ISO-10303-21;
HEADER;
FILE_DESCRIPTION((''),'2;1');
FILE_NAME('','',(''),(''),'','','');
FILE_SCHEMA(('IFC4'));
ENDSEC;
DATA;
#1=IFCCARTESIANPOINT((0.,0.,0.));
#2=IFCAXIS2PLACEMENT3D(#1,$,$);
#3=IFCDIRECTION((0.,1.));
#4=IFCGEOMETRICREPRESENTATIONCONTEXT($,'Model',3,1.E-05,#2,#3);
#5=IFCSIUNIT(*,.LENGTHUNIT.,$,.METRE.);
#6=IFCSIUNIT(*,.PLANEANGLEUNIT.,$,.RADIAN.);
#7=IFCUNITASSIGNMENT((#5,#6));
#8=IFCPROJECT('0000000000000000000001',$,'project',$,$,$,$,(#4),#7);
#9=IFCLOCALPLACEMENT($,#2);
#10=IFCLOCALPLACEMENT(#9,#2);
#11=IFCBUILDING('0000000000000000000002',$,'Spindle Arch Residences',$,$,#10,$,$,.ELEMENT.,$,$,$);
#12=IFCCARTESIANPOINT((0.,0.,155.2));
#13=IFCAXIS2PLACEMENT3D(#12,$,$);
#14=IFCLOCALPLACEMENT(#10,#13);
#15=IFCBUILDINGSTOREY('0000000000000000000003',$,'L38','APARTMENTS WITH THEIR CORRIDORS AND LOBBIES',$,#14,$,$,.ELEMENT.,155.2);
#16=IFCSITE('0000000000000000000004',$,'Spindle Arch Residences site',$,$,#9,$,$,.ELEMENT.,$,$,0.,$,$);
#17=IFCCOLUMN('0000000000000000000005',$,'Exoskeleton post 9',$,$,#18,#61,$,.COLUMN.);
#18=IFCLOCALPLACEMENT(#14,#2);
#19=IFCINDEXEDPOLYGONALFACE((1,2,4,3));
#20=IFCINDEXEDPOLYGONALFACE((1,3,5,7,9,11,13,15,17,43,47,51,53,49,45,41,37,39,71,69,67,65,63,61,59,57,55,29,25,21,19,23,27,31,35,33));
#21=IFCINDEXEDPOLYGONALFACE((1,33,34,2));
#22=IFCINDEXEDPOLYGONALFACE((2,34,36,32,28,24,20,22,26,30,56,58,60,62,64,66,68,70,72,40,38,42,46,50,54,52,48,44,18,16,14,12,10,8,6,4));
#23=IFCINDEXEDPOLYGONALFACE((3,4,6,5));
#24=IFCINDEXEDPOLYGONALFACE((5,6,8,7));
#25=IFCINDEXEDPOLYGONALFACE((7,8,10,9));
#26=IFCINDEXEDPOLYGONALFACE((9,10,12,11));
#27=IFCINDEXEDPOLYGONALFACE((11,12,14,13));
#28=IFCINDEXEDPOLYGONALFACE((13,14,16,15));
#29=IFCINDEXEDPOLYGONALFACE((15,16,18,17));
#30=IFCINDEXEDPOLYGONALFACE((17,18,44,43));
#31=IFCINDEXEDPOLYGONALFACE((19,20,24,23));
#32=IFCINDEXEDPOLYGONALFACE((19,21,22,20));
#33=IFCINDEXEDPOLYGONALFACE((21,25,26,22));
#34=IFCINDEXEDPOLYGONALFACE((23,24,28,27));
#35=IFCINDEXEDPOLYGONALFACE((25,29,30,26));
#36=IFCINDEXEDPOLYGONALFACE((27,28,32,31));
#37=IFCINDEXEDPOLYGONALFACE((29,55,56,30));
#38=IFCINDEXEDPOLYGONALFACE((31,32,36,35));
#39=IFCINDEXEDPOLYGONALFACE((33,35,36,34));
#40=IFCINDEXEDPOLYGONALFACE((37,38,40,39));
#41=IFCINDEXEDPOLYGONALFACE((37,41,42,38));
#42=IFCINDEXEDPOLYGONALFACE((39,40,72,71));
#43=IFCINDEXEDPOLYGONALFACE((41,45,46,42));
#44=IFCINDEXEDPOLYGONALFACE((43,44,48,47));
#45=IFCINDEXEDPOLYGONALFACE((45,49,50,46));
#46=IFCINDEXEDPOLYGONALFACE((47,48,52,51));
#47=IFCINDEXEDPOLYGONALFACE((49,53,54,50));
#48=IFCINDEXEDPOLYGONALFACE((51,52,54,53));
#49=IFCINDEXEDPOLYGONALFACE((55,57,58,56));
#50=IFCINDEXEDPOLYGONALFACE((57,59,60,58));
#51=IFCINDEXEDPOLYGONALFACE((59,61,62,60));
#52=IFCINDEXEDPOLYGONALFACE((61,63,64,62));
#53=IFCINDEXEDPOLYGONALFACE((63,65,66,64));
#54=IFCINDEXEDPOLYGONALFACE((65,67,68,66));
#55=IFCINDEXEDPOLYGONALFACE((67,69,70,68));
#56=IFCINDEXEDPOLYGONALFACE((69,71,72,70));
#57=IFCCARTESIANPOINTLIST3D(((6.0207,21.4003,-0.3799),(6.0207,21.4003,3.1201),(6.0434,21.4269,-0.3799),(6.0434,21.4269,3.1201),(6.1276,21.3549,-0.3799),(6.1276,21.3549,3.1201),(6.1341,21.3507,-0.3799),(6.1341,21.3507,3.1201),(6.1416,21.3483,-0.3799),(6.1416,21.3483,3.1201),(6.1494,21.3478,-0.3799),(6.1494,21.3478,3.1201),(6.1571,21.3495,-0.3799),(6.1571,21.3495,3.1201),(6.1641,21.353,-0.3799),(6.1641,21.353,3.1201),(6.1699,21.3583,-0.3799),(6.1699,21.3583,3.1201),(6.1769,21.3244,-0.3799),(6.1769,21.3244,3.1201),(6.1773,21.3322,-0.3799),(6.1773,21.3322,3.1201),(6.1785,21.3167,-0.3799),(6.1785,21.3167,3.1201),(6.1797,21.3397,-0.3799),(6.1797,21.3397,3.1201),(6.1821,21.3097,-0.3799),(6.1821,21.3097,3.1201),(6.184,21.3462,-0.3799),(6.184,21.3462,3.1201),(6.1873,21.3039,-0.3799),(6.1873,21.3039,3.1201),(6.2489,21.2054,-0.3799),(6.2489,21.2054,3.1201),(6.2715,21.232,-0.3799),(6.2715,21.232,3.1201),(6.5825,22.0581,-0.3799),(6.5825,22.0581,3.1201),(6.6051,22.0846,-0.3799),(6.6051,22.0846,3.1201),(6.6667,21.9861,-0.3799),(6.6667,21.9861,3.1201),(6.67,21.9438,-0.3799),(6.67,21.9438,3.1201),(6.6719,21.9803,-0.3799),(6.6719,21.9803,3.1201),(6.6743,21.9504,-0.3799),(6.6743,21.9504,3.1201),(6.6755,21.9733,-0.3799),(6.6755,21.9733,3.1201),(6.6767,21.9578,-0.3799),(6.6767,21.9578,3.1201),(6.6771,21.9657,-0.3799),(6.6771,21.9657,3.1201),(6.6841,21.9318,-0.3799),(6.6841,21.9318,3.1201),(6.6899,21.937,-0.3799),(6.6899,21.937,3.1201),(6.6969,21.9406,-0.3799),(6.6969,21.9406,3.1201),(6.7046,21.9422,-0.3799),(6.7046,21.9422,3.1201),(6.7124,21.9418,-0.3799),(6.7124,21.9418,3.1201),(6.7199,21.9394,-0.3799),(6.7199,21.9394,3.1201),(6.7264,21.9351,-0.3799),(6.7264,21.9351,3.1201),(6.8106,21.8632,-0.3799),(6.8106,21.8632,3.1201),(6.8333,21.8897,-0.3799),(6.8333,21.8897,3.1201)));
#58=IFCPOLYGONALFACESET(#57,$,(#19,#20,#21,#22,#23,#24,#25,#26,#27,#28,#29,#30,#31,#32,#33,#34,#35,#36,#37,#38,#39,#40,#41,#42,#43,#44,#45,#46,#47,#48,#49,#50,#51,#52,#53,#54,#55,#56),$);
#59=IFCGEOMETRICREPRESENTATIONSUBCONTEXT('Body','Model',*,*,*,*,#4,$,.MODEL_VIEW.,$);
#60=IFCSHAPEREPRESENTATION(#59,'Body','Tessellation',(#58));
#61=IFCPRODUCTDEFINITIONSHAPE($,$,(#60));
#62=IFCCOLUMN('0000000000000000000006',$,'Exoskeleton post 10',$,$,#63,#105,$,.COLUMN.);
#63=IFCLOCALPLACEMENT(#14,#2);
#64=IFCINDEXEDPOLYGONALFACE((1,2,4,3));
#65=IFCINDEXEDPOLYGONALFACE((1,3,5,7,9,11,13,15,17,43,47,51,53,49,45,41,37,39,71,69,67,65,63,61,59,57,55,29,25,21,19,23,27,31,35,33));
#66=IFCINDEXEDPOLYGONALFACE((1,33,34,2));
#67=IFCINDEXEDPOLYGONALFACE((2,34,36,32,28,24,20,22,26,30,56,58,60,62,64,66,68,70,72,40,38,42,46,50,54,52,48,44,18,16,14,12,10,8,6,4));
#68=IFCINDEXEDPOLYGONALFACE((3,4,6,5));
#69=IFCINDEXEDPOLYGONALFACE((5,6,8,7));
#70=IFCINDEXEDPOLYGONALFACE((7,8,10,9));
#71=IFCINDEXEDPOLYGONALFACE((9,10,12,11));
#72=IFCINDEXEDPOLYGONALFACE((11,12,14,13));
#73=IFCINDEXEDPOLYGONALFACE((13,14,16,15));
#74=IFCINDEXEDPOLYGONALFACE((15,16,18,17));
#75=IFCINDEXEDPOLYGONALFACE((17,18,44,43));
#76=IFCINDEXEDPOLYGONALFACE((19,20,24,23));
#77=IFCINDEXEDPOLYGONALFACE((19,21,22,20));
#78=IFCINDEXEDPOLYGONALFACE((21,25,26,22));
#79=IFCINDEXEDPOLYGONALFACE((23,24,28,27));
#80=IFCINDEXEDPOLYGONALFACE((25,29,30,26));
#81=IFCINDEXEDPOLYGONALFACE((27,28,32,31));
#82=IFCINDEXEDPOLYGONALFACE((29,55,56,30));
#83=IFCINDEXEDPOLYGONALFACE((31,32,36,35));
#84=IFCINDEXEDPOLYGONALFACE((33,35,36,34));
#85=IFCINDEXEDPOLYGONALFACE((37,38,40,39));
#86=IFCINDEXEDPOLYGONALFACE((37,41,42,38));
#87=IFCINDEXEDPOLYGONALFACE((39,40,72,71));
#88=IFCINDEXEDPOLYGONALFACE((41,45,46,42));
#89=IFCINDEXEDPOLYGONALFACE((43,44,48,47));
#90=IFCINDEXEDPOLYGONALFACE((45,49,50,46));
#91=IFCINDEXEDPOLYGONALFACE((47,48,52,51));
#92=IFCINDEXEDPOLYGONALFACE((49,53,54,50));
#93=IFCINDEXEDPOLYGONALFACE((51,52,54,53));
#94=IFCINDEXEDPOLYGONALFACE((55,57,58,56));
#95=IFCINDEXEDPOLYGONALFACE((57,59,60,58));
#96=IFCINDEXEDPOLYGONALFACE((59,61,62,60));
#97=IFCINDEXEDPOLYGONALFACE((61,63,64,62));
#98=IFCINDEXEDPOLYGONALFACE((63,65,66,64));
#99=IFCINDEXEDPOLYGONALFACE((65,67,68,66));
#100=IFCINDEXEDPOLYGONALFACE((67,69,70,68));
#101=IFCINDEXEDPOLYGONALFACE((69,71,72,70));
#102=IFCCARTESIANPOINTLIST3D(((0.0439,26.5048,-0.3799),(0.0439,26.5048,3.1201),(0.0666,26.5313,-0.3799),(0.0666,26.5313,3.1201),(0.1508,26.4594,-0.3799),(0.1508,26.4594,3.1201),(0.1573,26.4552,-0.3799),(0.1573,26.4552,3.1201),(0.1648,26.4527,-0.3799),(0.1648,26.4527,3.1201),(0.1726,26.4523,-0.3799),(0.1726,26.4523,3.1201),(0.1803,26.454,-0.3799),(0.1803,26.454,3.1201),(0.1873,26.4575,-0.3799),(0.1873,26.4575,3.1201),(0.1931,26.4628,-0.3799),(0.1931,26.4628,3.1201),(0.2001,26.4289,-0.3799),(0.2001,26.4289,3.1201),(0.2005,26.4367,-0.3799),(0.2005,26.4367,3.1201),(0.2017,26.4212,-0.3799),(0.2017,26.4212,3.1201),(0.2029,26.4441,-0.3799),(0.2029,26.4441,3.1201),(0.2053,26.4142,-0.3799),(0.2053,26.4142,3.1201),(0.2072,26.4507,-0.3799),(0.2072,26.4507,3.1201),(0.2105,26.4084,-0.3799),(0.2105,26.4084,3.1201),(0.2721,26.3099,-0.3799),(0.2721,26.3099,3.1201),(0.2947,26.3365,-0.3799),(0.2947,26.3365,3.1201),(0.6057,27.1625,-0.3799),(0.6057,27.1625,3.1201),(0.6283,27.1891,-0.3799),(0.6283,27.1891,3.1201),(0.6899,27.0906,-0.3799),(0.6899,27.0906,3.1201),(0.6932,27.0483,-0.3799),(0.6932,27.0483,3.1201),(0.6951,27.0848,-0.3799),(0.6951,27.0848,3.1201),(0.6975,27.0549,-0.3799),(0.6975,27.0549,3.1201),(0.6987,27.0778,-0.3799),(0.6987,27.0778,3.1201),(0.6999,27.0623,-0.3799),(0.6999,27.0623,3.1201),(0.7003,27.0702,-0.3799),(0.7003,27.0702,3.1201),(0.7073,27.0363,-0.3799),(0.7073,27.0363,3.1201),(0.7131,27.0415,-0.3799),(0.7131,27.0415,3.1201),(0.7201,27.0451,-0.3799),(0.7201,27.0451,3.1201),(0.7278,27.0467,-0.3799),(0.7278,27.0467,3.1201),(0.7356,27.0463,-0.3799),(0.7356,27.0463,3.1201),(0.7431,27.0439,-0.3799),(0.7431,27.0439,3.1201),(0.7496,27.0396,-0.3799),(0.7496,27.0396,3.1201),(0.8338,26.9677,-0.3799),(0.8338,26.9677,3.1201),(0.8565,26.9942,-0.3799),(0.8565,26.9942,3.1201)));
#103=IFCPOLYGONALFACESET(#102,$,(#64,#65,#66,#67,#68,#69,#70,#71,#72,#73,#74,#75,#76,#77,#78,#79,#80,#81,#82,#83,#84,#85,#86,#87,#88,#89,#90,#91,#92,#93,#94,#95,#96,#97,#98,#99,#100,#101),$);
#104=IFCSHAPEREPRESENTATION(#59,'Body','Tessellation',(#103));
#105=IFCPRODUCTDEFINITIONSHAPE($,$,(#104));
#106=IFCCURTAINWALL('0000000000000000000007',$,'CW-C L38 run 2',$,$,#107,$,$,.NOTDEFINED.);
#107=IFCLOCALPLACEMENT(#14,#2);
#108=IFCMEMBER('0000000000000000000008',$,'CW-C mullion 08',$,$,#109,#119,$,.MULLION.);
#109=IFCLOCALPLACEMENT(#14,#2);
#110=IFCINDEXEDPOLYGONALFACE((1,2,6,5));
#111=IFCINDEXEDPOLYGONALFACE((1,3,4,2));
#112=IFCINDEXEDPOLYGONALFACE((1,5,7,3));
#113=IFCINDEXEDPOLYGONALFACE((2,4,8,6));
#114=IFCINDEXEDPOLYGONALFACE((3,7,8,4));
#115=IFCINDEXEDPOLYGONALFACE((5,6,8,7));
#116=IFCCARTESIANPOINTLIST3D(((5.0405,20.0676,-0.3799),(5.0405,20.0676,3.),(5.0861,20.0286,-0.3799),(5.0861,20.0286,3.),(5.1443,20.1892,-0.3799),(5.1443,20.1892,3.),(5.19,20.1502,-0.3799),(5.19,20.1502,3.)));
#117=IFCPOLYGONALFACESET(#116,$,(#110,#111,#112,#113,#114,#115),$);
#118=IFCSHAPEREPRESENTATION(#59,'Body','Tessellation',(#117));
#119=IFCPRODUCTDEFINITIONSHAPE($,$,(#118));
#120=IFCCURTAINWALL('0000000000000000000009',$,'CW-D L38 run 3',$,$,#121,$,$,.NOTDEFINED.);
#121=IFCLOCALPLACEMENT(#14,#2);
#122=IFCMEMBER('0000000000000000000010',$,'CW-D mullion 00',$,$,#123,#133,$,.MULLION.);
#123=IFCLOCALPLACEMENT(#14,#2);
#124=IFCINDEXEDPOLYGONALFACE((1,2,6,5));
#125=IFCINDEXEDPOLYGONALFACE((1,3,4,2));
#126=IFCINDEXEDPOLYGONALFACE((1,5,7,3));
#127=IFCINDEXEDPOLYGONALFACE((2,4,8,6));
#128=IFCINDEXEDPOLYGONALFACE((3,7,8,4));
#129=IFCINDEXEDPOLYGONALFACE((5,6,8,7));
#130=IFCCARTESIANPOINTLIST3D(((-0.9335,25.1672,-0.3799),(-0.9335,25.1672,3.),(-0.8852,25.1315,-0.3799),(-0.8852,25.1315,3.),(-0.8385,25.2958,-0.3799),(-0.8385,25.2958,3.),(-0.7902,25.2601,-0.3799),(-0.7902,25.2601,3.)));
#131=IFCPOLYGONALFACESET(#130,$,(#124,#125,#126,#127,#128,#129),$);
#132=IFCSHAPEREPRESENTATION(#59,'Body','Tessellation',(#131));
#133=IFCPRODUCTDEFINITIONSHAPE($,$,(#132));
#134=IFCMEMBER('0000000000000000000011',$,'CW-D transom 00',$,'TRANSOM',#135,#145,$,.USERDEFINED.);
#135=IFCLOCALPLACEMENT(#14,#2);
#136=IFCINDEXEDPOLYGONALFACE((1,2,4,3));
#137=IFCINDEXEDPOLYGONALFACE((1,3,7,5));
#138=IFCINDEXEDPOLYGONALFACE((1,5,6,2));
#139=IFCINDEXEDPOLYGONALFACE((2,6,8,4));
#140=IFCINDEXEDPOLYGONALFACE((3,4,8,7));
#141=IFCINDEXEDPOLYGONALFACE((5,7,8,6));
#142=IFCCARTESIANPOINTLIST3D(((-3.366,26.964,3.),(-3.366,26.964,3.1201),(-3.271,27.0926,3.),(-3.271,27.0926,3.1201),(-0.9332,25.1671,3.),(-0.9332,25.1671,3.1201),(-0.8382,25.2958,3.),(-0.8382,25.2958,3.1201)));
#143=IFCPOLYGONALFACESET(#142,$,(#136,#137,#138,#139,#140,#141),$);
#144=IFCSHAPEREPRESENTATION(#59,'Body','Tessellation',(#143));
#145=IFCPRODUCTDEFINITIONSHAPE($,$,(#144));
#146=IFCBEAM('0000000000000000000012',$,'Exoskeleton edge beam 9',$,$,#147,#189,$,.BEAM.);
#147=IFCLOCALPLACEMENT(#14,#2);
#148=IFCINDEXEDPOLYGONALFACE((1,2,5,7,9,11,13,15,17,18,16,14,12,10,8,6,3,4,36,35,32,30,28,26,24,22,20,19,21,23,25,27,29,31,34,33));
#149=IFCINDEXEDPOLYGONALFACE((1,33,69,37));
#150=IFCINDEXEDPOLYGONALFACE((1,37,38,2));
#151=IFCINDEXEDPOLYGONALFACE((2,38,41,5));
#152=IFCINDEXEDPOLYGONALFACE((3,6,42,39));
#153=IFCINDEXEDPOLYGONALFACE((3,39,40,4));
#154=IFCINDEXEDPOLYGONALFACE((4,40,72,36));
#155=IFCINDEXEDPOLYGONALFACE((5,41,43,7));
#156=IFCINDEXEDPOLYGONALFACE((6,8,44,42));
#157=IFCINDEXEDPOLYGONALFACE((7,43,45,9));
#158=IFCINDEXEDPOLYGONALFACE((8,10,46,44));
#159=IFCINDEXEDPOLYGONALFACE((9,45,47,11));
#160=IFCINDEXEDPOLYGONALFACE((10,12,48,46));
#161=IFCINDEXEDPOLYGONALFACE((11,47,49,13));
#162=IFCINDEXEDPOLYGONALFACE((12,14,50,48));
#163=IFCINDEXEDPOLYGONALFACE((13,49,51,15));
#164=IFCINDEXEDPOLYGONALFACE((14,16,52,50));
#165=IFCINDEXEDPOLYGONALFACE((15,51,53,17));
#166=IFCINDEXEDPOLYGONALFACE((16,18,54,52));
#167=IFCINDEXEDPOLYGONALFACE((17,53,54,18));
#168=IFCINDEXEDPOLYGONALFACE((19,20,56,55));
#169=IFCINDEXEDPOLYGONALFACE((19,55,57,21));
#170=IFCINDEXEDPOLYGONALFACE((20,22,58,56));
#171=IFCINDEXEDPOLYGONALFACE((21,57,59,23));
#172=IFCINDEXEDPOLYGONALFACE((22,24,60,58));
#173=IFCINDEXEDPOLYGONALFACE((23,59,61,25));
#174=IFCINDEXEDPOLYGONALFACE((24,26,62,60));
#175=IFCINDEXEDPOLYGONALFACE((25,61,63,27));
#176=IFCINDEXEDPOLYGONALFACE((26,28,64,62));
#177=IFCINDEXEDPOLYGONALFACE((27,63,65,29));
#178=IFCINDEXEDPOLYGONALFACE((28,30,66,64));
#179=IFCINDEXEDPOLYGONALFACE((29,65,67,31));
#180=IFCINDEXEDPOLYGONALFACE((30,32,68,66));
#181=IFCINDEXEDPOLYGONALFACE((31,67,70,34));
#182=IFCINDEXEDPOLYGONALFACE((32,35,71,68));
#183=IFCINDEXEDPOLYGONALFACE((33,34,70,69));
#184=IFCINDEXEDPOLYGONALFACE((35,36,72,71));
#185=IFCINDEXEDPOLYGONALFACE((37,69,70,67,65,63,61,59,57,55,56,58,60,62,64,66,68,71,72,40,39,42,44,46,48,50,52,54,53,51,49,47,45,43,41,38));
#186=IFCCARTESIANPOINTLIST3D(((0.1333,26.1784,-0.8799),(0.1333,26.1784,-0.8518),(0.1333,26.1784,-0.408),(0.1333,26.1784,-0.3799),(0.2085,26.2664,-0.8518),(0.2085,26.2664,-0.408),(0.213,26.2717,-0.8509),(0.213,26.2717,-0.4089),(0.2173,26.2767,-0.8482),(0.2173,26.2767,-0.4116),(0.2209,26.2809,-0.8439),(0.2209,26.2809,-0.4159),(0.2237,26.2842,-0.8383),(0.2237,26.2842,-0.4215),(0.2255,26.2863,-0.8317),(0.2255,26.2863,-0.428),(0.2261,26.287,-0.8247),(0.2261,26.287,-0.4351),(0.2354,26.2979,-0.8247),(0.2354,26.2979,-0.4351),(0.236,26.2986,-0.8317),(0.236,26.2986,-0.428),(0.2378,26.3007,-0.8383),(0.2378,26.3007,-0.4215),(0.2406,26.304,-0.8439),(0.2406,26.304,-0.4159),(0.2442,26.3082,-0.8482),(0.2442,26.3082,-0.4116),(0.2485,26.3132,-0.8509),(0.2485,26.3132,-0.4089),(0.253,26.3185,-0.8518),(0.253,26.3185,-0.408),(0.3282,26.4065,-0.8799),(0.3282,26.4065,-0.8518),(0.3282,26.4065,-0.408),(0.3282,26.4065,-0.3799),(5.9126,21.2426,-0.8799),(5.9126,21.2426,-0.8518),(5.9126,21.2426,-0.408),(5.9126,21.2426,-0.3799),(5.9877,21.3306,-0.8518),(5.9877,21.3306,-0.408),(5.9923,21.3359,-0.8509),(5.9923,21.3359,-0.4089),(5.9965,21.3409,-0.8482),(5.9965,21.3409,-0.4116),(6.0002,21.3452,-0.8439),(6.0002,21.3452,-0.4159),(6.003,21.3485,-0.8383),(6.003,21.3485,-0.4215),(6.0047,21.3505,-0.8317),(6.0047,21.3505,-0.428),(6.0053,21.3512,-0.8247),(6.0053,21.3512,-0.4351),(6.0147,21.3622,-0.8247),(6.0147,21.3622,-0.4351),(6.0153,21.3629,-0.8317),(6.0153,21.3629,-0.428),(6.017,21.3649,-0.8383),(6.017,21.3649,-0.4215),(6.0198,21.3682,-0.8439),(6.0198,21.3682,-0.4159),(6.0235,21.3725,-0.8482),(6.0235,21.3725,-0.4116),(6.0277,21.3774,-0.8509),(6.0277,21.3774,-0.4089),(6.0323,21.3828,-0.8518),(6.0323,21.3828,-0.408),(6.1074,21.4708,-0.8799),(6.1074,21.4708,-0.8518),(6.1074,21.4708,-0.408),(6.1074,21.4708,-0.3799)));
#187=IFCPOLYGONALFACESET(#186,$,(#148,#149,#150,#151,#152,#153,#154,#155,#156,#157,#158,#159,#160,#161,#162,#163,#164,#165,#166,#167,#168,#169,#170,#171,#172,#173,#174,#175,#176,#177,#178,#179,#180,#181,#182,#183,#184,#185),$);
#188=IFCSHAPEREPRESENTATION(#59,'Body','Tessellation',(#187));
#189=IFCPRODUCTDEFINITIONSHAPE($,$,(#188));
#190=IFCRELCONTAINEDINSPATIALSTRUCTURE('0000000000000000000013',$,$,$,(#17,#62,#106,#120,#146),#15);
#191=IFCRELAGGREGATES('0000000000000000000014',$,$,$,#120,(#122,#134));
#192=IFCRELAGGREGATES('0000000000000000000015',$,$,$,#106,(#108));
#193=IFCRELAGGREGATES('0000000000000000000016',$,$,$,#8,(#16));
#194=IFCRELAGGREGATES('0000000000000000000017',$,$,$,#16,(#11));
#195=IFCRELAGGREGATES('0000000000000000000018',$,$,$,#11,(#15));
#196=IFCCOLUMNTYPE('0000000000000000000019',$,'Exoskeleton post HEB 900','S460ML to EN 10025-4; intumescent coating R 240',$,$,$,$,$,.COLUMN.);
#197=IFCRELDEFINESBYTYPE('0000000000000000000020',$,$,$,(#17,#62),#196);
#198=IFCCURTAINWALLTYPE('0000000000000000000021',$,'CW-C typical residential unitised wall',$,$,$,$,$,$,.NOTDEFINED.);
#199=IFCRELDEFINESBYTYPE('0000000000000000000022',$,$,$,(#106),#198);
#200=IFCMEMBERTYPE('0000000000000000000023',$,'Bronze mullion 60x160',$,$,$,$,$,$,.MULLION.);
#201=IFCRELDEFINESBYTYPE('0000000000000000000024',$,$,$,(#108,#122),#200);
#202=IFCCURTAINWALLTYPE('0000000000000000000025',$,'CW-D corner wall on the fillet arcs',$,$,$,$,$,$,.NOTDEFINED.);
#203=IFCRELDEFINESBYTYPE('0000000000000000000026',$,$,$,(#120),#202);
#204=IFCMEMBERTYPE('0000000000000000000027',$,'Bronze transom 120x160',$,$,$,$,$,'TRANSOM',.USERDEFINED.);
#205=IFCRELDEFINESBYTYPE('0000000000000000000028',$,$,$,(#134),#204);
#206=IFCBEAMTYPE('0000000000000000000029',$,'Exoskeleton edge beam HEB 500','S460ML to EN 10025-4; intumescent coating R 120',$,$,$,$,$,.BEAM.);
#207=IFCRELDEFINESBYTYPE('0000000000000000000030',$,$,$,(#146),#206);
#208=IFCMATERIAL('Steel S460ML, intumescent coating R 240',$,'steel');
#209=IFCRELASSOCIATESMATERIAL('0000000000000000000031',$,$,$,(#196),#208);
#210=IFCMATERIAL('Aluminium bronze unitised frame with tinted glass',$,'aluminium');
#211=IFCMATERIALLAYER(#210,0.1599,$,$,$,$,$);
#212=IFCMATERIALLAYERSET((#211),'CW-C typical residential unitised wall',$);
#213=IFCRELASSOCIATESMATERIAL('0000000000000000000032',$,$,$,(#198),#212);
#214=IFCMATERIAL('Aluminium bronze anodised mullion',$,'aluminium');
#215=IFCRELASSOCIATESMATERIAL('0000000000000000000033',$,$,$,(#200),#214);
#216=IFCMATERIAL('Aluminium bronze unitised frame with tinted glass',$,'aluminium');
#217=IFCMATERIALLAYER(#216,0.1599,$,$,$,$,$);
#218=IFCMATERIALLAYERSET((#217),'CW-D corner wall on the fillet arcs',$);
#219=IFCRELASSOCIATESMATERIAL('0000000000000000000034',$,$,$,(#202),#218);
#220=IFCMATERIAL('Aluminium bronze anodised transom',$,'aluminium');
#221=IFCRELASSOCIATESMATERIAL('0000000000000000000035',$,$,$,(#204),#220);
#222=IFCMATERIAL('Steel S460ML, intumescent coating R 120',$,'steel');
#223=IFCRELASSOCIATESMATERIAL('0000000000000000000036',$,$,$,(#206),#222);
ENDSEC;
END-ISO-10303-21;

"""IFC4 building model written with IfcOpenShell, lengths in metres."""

from ifc_helpers import new_model, si_unit, direction, frame, origin, origin_2d, place, context, subcontext, project, spatial, rectangle, i_section, extrude, material, layer, layer_set, material_profile, profile_set, type_object, element, aggregate, save


model = new_model("IFC4")

# Units and contexts
model_context = context("Model", 3, precision=1e-05, world=origin(), true_north=direction((0.0, 1.0)))
body_context = subcontext(model_context, "Body", "Model", "MODEL_VIEW")
ifc_project = project(units=[si_unit("LENGTHUNIT", "METRE"), si_unit("PLANEANGLEUNIT", "RADIAN")], contexts=[model_context])

# Site, building, storey
site_placement = place(None, origin())
site = spatial("IfcSite", under=ifc_project, at=site_placement, Name="Spindle Arch Residences site", CompositionType="ELEMENT", RefElevation=0.0)
building_placement = place(site_placement, origin())
building = spatial("IfcBuilding", under=site, at=building_placement, Name="Spindle Arch Residences", CompositionType="ELEMENT")
storey_placement = place(building_placement, frame((0.0, 0.0, 155.2)))
storey = spatial("IfcBuildingStorey", under=building, at=storey_placement, Name="L38", Description="APARTMENTS WITH THEIR CORRIDORS AND LOBBIES", CompositionType="ELEMENT", Elevation=155.2)

# Columns
ifc_material_1 = material(Name="Steel S460ML, intumescent coating R 240", Category="steel")
ifc_material_profile_1 = material_profile(ifc_material_1, i_section(OverallWidth=0.3, OverallDepth=0.8999, WebThickness=0.0186, FlangeThickness=0.0349, FilletRadius=0.03, at=origin_2d()), Name="HEB 900")
ifc_profile_set_1 = profile_set([ifc_material_profile_1], Name="Steel S460ML, intumescent coating R 240")
column_type = type_object("IfcColumnType", Name="Exoskeleton post HEB 900", Description="S460ML to EN 10025-4; intumescent coating R 240", PredefinedType="COLUMN", material=ifc_profile_set_1)
for number, where, z_axis, x_axis, name in (
    (1, (6.427, 21.645, -0.3799), (0.0, 0.0, 1.0), (0.760406, -0.649448, 0.0), "Exoskeleton post 9"),
    (2, (0.4502, 26.7495, -0.3799), (0.0, 0.0, 1.0), (0.760406, -0.649448, 0.0), "Exoskeleton post 10"),
):
    element("IfcColumn", number, at=place(storey_placement, frame(where, z_axis=z_axis, x_axis=x_axis)), inside=storey, type_object=column_type, Name=name, PredefinedType="COLUMN", context=body_context, shape_type="SweptSolid", body=[
        extrude(i_section(OverallWidth=0.3, OverallDepth=0.8999, WebThickness=0.0186, FlangeThickness=0.0349, FilletRadius=0.03, at=origin_2d()), origin(), (0.0, 0.0, 1.0), 3.5),
    ])

# Curtain wall, member
ifc_material_2 = material(Name="Aluminium bronze unitised frame with tinted glass", Category="aluminium")
ifc_layer_1 = layer(ifc_material_2, 0.1599)
ifc_layer_set_1 = layer_set([ifc_layer_1], Name="CW-C typical residential unitised wall")
curtain_wall_type_1 = type_object("IfcCurtainWallType", Name="CW-C typical residential unitised wall", PredefinedType="NOTDEFINED", material=ifc_layer_set_1)
curtain_wall_1_placement = place(storey_placement, origin())
curtain_wall_1 = element("IfcCurtainWall", 3, at=curtain_wall_1_placement, inside=storey, type_object=curtain_wall_type_1, Name="CW-C L38 run 2", PredefinedType="NOTDEFINED")
ifc_material_3 = material(Name="Aluminium bronze anodised mullion", Category="aluminium")
ifc_material_profile_2 = material_profile(ifc_material_3, rectangle(XDim=0.1599, YDim=0.0601, at=origin_2d()), Name="MU 60x160")
ifc_profile_set_2 = profile_set([ifc_material_profile_2], Name="Aluminium bronze anodised mullion")
member_type_1 = type_object("IfcMemberType", Name="Bronze mullion 60x160", PredefinedType="MULLION", material=ifc_profile_set_2)
member_1_placement = place(storey_placement, frame((5.1152, 20.1089, -0.3799), z_axis=(0.0, 0.0, 1.0), x_axis=(-0.649448, -0.760406, 0.0)))
member_1 = element("IfcMember", 4, at=member_1_placement, type_object=member_type_1, Name="CW-C mullion 08", PredefinedType="MULLION", context=body_context, shape_type="SweptSolid", body=[
    extrude(rectangle(XDim=0.1599, YDim=0.0601, at=origin_2d()), origin(), (0.0, 0.0, 1.0), 3.3799),
])

# Curtain wall, members
ifc_material_4 = material(Name="Aluminium bronze unitised frame with tinted glass", Category="aluminium")
ifc_layer_2 = layer(ifc_material_4, 0.1599)
ifc_layer_set_2 = layer_set([ifc_layer_2], Name="CW-D corner wall on the fillet arcs")
curtain_wall_type_2 = type_object("IfcCurtainWallType", Name="CW-D corner wall on the fillet arcs", PredefinedType="NOTDEFINED", material=ifc_layer_set_2)
curtain_wall_2_placement = place(storey_placement, origin())
curtain_wall_2 = element("IfcCurtainWall", 5, at=curtain_wall_2_placement, inside=storey, type_object=curtain_wall_type_2, Name="CW-D L38 run 3", PredefinedType="NOTDEFINED")
member_2_placement = place(storey_placement, frame((-0.8618, 25.2136, -0.3799), z_axis=(0.0, 0.0, 1.0), x_axis=(-0.594134, -0.804366, 0.0)))
member_2 = element("IfcMember", 6, at=member_2_placement, type_object=member_type_1, Name="CW-D mullion 00", PredefinedType="MULLION", context=body_context, shape_type="SweptSolid", body=[
    extrude(rectangle(XDim=0.1599, YDim=0.0601, at=origin_2d()), origin(), (0.0, 0.0, 1.0), 3.3799),
])
ifc_material_5 = material(Name="Aluminium bronze anodised transom", Category="aluminium")
ifc_material_profile_3 = material_profile(ifc_material_5, rectangle(XDim=0.1599, YDim=0.1201, at=origin_2d()), Name="TR 120x160")
ifc_profile_set_3 = profile_set([ifc_material_profile_3], Name="Aluminium bronze anodised transom")
member_type_2 = type_object("IfcMemberType", Name="Bronze transom 120x160", ElementType="TRANSOM", PredefinedType="USERDEFINED", material=ifc_profile_set_3)
member_3_placement = place(storey_placement, frame((-0.8857, 25.2314, 3.0601), z_axis=(-0.804386, 0.594107, 0.0), x_axis=(-0.594107, -0.804386, 0.0)))
member_3 = element("IfcMember", 7, at=member_3_placement, type_object=member_type_2, Name="CW-D transom 00", ObjectType="TRANSOM", PredefinedType="USERDEFINED", context=body_context, shape_type="SweptSolid", body=[
    extrude(rectangle(XDim=0.1599, YDim=0.1201, at=origin_2d()), origin(), (0.0, 0.0, 1.0), 3.0244),
])
aggregate(curtain_wall_2, [member_2, member_3])

# Beam
ifc_material_6 = material(Name="Steel S460ML, intumescent coating R 120", Category="steel")
ifc_material_profile_4 = material_profile(ifc_material_6, i_section(OverallWidth=0.3, OverallDepth=0.5, WebThickness=0.0144, FlangeThickness=0.0281, FilletRadius=0.0271, at=origin_2d()), Name="HEB 500")
ifc_profile_set_4 = profile_set([ifc_material_profile_4], Name="Steel S460ML, intumescent coating R 120")
beam_type_1 = type_object("IfcBeamType", Name="Exoskeleton edge beam HEB 500", Description="S460ML to EN 10025-4; intumescent coating R 120", PredefinedType="BEAM", material=ifc_profile_set_4)
beam_1_placement = place(storey_placement, frame((6.01, 21.3567, -0.6299), z_axis=(-0.760419, 0.649433, 0.0), x_axis=(-0.649433, -0.760419, 0.0)))
element("IfcBeam", 8, at=beam_1_placement, inside=storey, type_object=beam_type_1, Name="Exoskeleton edge beam 9", PredefinedType="BEAM", context=body_context, shape_type="SweptSolid", body=[
    extrude(i_section(OverallWidth=0.3, OverallDepth=0.5, WebThickness=0.0144, FlangeThickness=0.0281, FilletRadius=0.0271, at=origin_2d()), origin(), (0.0, 0.0, 1.0), 7.6001),
])

aggregate(curtain_wall_1, [member_1])

save(model, "model.ifc")
